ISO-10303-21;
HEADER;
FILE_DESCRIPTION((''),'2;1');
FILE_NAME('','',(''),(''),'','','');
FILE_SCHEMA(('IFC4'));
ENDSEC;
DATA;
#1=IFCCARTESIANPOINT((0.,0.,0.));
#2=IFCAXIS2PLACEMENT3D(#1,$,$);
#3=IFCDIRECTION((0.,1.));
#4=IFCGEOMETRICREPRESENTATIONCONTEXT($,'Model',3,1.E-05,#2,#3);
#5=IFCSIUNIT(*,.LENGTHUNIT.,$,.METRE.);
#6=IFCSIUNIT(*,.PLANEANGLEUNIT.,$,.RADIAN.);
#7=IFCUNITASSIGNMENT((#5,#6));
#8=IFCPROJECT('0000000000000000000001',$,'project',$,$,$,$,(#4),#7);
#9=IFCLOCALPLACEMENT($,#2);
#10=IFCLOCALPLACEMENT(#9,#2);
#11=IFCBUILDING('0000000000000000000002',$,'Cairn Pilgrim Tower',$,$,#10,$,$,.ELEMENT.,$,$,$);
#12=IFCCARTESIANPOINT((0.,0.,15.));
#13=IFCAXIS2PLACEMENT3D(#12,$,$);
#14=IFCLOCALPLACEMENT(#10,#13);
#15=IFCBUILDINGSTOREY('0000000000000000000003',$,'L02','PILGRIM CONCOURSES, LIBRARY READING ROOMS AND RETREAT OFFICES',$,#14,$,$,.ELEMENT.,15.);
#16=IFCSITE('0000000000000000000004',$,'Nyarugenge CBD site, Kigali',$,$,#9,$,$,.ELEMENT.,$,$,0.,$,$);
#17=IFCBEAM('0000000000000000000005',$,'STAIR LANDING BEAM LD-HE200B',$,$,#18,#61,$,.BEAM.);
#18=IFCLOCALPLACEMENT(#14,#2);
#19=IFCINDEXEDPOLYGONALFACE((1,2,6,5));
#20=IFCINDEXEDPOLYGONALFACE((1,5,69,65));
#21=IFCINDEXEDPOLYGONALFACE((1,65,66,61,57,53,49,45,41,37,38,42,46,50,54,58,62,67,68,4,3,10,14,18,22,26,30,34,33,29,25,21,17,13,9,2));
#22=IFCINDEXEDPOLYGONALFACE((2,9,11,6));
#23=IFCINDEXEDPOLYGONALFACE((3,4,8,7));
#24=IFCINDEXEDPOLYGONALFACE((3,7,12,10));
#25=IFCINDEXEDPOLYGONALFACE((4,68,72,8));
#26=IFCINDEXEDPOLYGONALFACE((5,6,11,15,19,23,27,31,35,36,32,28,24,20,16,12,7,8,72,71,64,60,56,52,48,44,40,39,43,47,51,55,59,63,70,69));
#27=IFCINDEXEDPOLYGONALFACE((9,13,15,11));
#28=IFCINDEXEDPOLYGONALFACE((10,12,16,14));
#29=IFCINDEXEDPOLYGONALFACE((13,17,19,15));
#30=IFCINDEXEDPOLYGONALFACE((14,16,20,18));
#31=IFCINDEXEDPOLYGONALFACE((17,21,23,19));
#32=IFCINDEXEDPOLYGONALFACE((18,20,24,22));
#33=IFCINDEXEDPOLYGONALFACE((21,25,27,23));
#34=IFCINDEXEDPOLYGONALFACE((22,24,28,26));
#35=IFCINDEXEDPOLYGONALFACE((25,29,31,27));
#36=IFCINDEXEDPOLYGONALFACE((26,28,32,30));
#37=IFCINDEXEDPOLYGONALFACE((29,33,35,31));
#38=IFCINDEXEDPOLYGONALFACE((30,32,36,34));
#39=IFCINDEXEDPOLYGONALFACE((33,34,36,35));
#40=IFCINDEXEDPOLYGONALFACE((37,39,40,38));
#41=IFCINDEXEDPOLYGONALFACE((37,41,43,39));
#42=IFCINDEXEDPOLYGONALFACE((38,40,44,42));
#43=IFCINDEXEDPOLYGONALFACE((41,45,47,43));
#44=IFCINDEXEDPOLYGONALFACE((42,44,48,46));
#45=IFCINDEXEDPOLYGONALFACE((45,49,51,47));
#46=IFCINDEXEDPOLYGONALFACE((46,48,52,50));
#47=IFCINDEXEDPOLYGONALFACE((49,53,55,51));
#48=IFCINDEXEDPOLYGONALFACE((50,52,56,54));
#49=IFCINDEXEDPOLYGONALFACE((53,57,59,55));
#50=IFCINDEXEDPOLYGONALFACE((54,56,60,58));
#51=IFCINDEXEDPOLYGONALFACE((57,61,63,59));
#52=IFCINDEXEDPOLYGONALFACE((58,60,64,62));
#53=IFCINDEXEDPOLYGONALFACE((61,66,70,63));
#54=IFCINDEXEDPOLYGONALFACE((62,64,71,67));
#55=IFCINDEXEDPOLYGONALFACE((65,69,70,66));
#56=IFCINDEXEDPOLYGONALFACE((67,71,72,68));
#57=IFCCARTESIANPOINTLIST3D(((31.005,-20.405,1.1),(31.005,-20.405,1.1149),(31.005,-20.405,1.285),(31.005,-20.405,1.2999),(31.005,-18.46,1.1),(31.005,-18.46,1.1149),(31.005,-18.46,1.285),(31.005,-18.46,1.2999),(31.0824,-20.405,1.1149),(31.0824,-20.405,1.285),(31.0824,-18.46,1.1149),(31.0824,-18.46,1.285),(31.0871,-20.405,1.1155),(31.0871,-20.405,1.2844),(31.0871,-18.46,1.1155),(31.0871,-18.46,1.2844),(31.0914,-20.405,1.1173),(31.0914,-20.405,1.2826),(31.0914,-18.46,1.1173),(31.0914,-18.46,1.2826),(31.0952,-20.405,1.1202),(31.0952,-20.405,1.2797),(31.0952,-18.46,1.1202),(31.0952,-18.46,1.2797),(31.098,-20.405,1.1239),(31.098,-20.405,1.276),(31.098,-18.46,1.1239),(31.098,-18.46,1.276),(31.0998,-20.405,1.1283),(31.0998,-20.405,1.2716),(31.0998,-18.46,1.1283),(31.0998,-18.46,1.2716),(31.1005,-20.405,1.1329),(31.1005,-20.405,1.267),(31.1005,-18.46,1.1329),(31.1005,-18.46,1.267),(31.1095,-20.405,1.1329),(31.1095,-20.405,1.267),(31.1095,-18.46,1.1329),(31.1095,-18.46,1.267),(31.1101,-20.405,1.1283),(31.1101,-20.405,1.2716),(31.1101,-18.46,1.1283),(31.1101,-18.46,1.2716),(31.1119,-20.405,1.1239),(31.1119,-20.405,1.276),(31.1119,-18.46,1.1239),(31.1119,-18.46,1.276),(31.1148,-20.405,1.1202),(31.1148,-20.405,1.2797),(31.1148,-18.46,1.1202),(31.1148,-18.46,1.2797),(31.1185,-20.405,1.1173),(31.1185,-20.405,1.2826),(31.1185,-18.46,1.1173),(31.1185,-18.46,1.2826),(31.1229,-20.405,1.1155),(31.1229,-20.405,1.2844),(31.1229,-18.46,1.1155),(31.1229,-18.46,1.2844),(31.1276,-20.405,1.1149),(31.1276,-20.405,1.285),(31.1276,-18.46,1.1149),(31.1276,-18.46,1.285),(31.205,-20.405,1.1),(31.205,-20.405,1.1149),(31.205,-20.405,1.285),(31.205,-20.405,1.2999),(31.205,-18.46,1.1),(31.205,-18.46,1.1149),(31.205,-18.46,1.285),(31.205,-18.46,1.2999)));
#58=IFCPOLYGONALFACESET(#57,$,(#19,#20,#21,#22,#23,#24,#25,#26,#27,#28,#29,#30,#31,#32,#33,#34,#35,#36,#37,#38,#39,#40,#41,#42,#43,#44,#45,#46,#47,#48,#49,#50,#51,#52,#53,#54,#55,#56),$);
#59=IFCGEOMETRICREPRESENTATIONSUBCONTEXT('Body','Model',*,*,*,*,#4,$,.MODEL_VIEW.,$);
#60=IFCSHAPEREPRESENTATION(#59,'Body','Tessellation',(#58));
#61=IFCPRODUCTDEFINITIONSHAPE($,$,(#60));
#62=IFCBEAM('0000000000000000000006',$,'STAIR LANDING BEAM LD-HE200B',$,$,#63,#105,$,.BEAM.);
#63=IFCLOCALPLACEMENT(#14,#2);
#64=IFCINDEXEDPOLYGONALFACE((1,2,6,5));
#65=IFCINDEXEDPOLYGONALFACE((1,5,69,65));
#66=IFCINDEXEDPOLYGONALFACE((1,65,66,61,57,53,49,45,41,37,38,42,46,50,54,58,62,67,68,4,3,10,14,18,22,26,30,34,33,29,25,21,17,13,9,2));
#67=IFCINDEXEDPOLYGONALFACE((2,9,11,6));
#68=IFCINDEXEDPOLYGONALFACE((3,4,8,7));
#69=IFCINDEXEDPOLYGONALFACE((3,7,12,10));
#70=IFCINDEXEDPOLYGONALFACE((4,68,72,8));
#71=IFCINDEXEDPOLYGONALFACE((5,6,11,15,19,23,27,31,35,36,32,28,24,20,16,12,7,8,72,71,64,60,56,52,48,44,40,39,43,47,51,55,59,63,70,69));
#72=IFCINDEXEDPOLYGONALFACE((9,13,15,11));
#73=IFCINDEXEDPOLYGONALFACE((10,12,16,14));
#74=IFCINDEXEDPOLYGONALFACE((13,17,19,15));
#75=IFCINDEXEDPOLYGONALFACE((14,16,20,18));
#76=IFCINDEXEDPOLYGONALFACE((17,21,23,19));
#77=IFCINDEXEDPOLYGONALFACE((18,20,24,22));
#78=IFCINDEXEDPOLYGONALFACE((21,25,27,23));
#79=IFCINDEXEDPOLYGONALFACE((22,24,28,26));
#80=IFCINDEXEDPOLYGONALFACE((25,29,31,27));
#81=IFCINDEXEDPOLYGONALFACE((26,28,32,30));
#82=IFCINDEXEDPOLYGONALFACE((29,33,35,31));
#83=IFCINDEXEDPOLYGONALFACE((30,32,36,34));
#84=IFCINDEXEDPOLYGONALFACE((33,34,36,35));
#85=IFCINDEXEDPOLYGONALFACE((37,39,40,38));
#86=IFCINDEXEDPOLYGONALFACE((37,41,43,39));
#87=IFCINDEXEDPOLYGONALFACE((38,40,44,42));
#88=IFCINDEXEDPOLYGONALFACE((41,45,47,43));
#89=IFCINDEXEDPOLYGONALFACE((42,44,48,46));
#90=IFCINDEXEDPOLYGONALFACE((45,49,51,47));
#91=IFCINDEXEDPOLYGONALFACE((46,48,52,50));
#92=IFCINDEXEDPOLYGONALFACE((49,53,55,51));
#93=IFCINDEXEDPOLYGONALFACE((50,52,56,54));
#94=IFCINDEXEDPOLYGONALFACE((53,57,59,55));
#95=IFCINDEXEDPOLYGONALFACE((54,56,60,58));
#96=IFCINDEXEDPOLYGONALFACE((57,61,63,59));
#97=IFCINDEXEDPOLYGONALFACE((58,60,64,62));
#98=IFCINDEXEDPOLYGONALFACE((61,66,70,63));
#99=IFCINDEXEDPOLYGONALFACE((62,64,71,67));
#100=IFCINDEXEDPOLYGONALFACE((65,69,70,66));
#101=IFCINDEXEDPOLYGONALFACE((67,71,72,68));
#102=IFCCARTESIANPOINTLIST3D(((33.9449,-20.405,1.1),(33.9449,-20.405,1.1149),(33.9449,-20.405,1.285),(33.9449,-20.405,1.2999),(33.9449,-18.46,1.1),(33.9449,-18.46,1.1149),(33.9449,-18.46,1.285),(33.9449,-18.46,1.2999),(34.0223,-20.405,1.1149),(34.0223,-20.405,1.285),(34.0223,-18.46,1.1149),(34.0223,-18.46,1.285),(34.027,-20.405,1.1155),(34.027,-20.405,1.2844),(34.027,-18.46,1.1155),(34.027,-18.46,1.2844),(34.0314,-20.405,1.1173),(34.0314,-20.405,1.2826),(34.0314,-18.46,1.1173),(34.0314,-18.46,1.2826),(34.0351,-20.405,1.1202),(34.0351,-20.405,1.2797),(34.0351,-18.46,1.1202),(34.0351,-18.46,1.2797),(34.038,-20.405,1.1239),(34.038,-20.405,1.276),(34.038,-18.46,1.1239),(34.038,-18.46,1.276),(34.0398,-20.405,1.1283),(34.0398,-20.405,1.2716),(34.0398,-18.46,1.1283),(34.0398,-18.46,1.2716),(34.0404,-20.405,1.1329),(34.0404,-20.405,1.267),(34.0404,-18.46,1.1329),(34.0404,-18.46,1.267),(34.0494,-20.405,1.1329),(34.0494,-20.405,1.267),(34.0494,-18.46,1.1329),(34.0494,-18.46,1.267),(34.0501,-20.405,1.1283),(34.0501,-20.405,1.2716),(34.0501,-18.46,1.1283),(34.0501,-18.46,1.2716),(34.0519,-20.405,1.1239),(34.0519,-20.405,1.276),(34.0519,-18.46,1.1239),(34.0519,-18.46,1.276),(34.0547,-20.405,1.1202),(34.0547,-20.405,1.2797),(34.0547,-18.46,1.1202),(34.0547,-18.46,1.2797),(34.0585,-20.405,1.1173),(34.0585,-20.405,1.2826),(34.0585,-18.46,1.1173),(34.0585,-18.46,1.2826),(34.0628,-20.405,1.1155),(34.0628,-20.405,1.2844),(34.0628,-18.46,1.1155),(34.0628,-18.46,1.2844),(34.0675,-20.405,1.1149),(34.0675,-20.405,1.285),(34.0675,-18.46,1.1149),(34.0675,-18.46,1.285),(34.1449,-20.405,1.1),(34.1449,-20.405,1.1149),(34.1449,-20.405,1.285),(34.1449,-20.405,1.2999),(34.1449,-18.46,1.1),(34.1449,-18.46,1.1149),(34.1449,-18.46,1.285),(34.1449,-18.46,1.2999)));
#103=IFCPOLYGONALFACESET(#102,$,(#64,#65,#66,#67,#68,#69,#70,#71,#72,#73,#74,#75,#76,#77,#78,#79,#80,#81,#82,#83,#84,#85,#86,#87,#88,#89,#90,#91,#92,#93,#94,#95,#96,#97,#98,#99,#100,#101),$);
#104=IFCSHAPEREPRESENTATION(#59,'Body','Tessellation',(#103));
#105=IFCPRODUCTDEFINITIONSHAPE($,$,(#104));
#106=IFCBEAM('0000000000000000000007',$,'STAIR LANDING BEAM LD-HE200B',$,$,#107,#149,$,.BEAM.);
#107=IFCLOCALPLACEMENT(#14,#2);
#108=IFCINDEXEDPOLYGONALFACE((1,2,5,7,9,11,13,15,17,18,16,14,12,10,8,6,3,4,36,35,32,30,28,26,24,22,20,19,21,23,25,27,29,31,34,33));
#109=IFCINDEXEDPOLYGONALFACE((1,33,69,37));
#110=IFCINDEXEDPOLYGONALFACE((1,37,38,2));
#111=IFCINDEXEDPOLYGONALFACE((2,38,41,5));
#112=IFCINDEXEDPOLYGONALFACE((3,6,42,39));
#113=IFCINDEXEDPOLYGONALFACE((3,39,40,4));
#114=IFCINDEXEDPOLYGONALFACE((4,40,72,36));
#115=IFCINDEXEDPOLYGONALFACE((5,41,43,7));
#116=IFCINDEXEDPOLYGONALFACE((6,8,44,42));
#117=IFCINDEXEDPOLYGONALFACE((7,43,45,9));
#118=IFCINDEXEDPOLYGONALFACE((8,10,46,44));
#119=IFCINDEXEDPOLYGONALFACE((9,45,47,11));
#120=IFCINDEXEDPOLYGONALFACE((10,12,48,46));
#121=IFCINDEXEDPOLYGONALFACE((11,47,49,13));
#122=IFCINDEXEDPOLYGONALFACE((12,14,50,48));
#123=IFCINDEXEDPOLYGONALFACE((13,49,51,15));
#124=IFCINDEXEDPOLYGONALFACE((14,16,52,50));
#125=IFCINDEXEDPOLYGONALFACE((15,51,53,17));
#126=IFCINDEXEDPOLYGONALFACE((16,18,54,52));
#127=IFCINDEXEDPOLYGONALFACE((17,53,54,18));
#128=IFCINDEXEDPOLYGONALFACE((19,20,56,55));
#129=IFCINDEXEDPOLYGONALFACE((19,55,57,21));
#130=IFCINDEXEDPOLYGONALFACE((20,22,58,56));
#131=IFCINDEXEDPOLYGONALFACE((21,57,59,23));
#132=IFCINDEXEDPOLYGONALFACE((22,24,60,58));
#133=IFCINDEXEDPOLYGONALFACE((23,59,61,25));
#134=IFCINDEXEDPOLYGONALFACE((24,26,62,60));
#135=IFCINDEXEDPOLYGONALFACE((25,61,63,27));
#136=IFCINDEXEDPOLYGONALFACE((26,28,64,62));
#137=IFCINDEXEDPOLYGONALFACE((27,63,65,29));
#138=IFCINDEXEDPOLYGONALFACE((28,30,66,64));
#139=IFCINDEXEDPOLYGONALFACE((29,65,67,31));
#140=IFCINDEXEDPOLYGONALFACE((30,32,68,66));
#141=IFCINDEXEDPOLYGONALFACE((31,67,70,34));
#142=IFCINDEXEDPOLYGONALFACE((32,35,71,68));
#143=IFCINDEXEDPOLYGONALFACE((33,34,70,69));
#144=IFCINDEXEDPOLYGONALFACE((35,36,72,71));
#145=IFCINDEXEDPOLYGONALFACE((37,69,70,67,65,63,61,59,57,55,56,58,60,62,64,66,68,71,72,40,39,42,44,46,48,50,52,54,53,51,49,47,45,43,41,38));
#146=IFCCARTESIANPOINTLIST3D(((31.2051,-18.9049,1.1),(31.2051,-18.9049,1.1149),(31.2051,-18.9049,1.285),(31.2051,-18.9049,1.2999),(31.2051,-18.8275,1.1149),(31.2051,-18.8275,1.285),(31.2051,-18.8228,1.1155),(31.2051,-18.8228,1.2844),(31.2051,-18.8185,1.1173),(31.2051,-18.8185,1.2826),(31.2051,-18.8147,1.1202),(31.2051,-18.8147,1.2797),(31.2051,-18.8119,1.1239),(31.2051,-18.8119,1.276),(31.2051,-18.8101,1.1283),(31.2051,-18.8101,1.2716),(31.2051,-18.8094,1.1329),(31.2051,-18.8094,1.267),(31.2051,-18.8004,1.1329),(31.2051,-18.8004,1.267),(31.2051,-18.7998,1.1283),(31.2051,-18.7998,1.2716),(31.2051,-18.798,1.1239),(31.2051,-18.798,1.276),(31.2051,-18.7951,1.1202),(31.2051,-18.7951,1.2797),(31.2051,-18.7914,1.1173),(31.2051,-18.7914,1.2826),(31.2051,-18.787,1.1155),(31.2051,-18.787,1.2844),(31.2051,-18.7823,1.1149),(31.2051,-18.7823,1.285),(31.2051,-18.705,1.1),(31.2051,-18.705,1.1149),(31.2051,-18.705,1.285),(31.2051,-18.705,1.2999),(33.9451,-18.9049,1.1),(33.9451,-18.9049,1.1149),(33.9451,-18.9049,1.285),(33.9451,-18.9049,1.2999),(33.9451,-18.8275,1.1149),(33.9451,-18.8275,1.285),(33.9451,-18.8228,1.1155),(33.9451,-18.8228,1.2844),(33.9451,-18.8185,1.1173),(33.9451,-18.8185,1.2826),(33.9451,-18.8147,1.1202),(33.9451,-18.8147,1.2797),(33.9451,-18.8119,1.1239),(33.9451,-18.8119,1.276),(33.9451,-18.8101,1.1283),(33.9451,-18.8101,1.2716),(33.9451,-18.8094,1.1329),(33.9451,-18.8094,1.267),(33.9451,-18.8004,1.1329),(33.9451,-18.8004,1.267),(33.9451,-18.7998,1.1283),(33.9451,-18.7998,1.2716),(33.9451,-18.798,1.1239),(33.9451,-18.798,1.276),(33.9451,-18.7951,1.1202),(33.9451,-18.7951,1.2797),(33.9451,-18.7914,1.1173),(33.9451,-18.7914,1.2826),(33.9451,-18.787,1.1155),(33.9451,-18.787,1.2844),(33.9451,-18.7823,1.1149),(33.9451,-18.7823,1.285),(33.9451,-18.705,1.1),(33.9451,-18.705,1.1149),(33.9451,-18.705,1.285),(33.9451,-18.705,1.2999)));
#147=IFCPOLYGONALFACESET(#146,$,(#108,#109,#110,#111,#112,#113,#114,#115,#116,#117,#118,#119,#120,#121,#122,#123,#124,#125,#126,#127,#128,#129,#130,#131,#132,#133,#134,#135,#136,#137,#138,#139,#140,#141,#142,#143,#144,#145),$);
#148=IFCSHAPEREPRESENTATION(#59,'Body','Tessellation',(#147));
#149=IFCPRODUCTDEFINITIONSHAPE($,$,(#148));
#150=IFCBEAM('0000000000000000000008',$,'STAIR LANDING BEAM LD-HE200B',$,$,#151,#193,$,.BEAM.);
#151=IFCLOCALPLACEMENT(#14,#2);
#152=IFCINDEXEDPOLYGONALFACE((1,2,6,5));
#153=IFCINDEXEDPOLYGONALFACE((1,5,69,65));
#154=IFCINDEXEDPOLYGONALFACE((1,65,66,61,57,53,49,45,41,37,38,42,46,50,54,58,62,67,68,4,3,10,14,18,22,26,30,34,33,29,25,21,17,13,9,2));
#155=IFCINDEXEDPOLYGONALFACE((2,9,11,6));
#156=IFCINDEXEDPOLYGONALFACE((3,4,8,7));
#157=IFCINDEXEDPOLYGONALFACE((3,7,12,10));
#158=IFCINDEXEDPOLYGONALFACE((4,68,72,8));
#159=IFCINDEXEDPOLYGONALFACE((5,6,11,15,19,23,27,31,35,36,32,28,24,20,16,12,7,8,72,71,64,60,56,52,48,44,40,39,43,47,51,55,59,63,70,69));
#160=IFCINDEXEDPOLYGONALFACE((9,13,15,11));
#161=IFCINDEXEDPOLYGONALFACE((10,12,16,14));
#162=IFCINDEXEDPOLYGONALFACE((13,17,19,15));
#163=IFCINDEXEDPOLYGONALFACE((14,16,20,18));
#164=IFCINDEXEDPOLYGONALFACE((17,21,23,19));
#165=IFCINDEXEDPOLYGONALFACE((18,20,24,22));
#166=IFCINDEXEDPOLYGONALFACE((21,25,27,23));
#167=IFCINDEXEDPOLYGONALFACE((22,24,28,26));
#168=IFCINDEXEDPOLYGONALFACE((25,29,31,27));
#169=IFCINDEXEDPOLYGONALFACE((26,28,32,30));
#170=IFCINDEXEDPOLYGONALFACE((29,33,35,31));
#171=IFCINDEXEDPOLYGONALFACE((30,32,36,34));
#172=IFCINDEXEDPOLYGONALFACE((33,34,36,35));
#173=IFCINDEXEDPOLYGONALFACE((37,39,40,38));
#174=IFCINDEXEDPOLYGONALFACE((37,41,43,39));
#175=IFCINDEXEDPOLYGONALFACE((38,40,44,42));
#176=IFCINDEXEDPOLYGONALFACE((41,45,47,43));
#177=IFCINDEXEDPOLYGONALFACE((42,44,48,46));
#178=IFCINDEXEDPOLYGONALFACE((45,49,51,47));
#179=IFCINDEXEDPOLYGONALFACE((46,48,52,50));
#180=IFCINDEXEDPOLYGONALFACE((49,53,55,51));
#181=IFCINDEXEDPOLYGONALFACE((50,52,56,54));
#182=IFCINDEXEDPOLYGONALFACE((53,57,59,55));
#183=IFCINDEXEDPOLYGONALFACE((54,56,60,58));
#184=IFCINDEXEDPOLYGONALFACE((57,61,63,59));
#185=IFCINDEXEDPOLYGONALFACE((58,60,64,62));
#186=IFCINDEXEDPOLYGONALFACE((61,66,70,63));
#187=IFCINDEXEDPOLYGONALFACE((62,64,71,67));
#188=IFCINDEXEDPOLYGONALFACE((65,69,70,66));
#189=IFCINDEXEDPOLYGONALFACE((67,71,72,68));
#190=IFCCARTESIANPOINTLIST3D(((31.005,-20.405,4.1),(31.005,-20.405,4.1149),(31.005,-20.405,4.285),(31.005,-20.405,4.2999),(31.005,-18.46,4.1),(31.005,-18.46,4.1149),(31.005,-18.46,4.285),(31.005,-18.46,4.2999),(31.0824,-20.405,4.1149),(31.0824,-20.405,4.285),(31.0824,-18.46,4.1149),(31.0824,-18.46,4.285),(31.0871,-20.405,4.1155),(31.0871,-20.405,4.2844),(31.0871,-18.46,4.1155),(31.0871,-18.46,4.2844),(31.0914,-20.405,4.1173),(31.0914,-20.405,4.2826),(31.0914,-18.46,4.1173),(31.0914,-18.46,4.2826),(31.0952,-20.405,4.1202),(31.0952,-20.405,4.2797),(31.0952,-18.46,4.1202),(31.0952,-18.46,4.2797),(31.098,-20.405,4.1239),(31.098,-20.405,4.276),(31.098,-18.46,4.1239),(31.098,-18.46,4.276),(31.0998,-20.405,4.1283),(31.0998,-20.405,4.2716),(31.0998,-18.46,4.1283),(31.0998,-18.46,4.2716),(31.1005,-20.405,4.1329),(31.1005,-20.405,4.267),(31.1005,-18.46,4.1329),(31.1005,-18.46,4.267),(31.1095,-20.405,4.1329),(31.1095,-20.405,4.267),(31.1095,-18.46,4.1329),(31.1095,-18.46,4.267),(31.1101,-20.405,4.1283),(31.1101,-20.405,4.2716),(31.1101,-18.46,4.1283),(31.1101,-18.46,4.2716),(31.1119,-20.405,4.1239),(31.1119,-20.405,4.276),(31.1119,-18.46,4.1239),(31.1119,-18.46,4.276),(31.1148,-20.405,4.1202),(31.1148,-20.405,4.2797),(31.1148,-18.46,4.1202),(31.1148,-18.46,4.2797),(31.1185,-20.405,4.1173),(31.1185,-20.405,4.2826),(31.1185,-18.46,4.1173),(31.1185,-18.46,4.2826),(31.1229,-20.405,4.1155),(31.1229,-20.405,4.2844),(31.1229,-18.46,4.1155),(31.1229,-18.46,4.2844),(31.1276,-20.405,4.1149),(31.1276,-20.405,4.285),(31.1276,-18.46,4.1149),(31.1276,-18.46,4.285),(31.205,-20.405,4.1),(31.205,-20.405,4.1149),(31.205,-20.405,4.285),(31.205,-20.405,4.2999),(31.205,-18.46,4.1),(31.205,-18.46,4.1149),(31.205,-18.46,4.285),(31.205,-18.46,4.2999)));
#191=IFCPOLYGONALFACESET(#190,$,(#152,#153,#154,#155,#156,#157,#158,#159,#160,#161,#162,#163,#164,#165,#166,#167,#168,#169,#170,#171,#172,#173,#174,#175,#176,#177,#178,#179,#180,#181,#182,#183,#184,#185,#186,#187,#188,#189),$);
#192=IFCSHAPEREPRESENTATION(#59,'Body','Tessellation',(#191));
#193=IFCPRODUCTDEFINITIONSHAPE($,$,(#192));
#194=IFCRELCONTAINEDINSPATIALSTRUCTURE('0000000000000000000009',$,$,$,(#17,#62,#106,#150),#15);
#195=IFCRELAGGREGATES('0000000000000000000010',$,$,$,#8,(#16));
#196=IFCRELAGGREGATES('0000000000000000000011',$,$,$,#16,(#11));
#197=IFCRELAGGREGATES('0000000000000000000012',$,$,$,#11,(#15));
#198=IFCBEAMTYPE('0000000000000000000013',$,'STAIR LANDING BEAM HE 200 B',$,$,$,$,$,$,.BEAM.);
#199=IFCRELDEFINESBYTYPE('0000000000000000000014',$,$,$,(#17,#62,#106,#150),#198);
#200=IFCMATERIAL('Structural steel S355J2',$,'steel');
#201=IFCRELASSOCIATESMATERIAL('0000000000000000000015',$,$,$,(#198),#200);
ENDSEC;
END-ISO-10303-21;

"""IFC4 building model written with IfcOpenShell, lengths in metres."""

from ifc_helpers import new_model, si_unit, direction, frame, origin, origin_2d, place, context, subcontext, project, spatial, i_section, extrude, material, material_profile, profile_set, type_object, element, save


model = new_model("IFC4")

# Units and contexts
model_context = context("Model", 3, precision=1e-05, world=origin(), true_north=direction((0.0, 1.0)))
body_context = subcontext(model_context, "Body", "Model", "MODEL_VIEW")
ifc_project = project(units=[si_unit("LENGTHUNIT", "METRE"), si_unit("PLANEANGLEUNIT", "RADIAN")], contexts=[model_context])

# Site, building, storey
site_placement = place(None, origin())
site = spatial("IfcSite", under=ifc_project, at=site_placement, Name="Nyarugenge CBD site, Kigali", CompositionType="ELEMENT", RefElevation=0.0)
building_placement = place(site_placement, origin())
building = spatial("IfcBuilding", under=site, at=building_placement, Name="Cairn Pilgrim Tower", CompositionType="ELEMENT")
storey_placement = place(building_placement, frame((0.0, 0.0, 15.0)))
storey = spatial("IfcBuildingStorey", under=building, at=storey_placement, Name="L02", Description="PILGRIM CONCOURSES, LIBRARY READING ROOMS AND RETREAT OFFICES", CompositionType="ELEMENT", Elevation=15.0)

# Shared definitions
ifc_material_1 = material(Name="Structural steel S355J2", Category="steel")

# Beams
ifc_material_profile_1 = material_profile(ifc_material_1, i_section(OverallWidth=0.2, OverallDepth=0.2, WebThickness=0.009, FlangeThickness=0.0149, FilletRadius=0.0181, at=origin_2d()), Name="HE 200 B")
ifc_profile_set_1 = profile_set([ifc_material_profile_1], Name="Structural steel S355J2")
beam_type_1 = type_object("IfcBeamType", Name="STAIR LANDING BEAM HE 200 B", PredefinedType="BEAM", material=ifc_profile_set_1)
for number, where, z_axis, x_axis, name in (
    (1, (31.105, -18.46, 1.2), (0.0, -1.0, 0.0), (1.0, 0.0, 0.0), "STAIR LANDING BEAM LD-HE200B"),
    (2, (34.0449, -18.46, 1.2), (0.0, -1.0, 0.0), (1.0, 0.0, 0.0), "STAIR LANDING BEAM LD-HE200B"),
):
    element("IfcBeam", number, at=place(storey_placement, frame(where, z_axis=z_axis, x_axis=x_axis)), inside=storey, type_object=beam_type_1, Name=name, PredefinedType="BEAM", context=body_context, shape_type="SweptSolid", body=[
        extrude(i_section(OverallWidth=0.2, OverallDepth=0.2, WebThickness=0.009, FlangeThickness=0.0149, FilletRadius=0.0181, at=origin_2d()), origin(), (0.0, 0.0, 1.0), 1.9451),
    ])
beam_1_placement = place(storey_placement, frame((31.2051, -18.8049, 1.2), z_axis=(1.0, 0.0, 0.0), x_axis=(0.0, 1.0, 0.0)))
element("IfcBeam", 3, at=beam_1_placement, inside=storey, type_object=beam_type_1, Name="STAIR LANDING BEAM LD-HE200B", PredefinedType="BEAM", context=body_context, shape_type="SweptSolid", body=[
    extrude(i_section(OverallWidth=0.2, OverallDepth=0.2, WebThickness=0.009, FlangeThickness=0.0149, FilletRadius=0.0181, at=origin_2d()), origin(), (0.0, 0.0, 1.0), 2.74),
])
for number, where, z_axis, x_axis, name in (
    (4, (31.105, -18.46, 4.2), (0.0, -1.0, 0.0), (1.0, 0.0, 0.0), "STAIR LANDING BEAM LD-HE200B"),
):
    element("IfcBeam", number, at=place(storey_placement, frame(where, z_axis=z_axis, x_axis=x_axis)), inside=storey, type_object=beam_type_1, Name=name, PredefinedType="BEAM", context=body_context, shape_type="SweptSolid", body=[
        extrude(i_section(OverallWidth=0.2, OverallDepth=0.2, WebThickness=0.009, FlangeThickness=0.0149, FilletRadius=0.0181, at=origin_2d()), origin(), (0.0, 0.0, 1.0), 1.9451),
    ])

save(model, "model.ifc")
